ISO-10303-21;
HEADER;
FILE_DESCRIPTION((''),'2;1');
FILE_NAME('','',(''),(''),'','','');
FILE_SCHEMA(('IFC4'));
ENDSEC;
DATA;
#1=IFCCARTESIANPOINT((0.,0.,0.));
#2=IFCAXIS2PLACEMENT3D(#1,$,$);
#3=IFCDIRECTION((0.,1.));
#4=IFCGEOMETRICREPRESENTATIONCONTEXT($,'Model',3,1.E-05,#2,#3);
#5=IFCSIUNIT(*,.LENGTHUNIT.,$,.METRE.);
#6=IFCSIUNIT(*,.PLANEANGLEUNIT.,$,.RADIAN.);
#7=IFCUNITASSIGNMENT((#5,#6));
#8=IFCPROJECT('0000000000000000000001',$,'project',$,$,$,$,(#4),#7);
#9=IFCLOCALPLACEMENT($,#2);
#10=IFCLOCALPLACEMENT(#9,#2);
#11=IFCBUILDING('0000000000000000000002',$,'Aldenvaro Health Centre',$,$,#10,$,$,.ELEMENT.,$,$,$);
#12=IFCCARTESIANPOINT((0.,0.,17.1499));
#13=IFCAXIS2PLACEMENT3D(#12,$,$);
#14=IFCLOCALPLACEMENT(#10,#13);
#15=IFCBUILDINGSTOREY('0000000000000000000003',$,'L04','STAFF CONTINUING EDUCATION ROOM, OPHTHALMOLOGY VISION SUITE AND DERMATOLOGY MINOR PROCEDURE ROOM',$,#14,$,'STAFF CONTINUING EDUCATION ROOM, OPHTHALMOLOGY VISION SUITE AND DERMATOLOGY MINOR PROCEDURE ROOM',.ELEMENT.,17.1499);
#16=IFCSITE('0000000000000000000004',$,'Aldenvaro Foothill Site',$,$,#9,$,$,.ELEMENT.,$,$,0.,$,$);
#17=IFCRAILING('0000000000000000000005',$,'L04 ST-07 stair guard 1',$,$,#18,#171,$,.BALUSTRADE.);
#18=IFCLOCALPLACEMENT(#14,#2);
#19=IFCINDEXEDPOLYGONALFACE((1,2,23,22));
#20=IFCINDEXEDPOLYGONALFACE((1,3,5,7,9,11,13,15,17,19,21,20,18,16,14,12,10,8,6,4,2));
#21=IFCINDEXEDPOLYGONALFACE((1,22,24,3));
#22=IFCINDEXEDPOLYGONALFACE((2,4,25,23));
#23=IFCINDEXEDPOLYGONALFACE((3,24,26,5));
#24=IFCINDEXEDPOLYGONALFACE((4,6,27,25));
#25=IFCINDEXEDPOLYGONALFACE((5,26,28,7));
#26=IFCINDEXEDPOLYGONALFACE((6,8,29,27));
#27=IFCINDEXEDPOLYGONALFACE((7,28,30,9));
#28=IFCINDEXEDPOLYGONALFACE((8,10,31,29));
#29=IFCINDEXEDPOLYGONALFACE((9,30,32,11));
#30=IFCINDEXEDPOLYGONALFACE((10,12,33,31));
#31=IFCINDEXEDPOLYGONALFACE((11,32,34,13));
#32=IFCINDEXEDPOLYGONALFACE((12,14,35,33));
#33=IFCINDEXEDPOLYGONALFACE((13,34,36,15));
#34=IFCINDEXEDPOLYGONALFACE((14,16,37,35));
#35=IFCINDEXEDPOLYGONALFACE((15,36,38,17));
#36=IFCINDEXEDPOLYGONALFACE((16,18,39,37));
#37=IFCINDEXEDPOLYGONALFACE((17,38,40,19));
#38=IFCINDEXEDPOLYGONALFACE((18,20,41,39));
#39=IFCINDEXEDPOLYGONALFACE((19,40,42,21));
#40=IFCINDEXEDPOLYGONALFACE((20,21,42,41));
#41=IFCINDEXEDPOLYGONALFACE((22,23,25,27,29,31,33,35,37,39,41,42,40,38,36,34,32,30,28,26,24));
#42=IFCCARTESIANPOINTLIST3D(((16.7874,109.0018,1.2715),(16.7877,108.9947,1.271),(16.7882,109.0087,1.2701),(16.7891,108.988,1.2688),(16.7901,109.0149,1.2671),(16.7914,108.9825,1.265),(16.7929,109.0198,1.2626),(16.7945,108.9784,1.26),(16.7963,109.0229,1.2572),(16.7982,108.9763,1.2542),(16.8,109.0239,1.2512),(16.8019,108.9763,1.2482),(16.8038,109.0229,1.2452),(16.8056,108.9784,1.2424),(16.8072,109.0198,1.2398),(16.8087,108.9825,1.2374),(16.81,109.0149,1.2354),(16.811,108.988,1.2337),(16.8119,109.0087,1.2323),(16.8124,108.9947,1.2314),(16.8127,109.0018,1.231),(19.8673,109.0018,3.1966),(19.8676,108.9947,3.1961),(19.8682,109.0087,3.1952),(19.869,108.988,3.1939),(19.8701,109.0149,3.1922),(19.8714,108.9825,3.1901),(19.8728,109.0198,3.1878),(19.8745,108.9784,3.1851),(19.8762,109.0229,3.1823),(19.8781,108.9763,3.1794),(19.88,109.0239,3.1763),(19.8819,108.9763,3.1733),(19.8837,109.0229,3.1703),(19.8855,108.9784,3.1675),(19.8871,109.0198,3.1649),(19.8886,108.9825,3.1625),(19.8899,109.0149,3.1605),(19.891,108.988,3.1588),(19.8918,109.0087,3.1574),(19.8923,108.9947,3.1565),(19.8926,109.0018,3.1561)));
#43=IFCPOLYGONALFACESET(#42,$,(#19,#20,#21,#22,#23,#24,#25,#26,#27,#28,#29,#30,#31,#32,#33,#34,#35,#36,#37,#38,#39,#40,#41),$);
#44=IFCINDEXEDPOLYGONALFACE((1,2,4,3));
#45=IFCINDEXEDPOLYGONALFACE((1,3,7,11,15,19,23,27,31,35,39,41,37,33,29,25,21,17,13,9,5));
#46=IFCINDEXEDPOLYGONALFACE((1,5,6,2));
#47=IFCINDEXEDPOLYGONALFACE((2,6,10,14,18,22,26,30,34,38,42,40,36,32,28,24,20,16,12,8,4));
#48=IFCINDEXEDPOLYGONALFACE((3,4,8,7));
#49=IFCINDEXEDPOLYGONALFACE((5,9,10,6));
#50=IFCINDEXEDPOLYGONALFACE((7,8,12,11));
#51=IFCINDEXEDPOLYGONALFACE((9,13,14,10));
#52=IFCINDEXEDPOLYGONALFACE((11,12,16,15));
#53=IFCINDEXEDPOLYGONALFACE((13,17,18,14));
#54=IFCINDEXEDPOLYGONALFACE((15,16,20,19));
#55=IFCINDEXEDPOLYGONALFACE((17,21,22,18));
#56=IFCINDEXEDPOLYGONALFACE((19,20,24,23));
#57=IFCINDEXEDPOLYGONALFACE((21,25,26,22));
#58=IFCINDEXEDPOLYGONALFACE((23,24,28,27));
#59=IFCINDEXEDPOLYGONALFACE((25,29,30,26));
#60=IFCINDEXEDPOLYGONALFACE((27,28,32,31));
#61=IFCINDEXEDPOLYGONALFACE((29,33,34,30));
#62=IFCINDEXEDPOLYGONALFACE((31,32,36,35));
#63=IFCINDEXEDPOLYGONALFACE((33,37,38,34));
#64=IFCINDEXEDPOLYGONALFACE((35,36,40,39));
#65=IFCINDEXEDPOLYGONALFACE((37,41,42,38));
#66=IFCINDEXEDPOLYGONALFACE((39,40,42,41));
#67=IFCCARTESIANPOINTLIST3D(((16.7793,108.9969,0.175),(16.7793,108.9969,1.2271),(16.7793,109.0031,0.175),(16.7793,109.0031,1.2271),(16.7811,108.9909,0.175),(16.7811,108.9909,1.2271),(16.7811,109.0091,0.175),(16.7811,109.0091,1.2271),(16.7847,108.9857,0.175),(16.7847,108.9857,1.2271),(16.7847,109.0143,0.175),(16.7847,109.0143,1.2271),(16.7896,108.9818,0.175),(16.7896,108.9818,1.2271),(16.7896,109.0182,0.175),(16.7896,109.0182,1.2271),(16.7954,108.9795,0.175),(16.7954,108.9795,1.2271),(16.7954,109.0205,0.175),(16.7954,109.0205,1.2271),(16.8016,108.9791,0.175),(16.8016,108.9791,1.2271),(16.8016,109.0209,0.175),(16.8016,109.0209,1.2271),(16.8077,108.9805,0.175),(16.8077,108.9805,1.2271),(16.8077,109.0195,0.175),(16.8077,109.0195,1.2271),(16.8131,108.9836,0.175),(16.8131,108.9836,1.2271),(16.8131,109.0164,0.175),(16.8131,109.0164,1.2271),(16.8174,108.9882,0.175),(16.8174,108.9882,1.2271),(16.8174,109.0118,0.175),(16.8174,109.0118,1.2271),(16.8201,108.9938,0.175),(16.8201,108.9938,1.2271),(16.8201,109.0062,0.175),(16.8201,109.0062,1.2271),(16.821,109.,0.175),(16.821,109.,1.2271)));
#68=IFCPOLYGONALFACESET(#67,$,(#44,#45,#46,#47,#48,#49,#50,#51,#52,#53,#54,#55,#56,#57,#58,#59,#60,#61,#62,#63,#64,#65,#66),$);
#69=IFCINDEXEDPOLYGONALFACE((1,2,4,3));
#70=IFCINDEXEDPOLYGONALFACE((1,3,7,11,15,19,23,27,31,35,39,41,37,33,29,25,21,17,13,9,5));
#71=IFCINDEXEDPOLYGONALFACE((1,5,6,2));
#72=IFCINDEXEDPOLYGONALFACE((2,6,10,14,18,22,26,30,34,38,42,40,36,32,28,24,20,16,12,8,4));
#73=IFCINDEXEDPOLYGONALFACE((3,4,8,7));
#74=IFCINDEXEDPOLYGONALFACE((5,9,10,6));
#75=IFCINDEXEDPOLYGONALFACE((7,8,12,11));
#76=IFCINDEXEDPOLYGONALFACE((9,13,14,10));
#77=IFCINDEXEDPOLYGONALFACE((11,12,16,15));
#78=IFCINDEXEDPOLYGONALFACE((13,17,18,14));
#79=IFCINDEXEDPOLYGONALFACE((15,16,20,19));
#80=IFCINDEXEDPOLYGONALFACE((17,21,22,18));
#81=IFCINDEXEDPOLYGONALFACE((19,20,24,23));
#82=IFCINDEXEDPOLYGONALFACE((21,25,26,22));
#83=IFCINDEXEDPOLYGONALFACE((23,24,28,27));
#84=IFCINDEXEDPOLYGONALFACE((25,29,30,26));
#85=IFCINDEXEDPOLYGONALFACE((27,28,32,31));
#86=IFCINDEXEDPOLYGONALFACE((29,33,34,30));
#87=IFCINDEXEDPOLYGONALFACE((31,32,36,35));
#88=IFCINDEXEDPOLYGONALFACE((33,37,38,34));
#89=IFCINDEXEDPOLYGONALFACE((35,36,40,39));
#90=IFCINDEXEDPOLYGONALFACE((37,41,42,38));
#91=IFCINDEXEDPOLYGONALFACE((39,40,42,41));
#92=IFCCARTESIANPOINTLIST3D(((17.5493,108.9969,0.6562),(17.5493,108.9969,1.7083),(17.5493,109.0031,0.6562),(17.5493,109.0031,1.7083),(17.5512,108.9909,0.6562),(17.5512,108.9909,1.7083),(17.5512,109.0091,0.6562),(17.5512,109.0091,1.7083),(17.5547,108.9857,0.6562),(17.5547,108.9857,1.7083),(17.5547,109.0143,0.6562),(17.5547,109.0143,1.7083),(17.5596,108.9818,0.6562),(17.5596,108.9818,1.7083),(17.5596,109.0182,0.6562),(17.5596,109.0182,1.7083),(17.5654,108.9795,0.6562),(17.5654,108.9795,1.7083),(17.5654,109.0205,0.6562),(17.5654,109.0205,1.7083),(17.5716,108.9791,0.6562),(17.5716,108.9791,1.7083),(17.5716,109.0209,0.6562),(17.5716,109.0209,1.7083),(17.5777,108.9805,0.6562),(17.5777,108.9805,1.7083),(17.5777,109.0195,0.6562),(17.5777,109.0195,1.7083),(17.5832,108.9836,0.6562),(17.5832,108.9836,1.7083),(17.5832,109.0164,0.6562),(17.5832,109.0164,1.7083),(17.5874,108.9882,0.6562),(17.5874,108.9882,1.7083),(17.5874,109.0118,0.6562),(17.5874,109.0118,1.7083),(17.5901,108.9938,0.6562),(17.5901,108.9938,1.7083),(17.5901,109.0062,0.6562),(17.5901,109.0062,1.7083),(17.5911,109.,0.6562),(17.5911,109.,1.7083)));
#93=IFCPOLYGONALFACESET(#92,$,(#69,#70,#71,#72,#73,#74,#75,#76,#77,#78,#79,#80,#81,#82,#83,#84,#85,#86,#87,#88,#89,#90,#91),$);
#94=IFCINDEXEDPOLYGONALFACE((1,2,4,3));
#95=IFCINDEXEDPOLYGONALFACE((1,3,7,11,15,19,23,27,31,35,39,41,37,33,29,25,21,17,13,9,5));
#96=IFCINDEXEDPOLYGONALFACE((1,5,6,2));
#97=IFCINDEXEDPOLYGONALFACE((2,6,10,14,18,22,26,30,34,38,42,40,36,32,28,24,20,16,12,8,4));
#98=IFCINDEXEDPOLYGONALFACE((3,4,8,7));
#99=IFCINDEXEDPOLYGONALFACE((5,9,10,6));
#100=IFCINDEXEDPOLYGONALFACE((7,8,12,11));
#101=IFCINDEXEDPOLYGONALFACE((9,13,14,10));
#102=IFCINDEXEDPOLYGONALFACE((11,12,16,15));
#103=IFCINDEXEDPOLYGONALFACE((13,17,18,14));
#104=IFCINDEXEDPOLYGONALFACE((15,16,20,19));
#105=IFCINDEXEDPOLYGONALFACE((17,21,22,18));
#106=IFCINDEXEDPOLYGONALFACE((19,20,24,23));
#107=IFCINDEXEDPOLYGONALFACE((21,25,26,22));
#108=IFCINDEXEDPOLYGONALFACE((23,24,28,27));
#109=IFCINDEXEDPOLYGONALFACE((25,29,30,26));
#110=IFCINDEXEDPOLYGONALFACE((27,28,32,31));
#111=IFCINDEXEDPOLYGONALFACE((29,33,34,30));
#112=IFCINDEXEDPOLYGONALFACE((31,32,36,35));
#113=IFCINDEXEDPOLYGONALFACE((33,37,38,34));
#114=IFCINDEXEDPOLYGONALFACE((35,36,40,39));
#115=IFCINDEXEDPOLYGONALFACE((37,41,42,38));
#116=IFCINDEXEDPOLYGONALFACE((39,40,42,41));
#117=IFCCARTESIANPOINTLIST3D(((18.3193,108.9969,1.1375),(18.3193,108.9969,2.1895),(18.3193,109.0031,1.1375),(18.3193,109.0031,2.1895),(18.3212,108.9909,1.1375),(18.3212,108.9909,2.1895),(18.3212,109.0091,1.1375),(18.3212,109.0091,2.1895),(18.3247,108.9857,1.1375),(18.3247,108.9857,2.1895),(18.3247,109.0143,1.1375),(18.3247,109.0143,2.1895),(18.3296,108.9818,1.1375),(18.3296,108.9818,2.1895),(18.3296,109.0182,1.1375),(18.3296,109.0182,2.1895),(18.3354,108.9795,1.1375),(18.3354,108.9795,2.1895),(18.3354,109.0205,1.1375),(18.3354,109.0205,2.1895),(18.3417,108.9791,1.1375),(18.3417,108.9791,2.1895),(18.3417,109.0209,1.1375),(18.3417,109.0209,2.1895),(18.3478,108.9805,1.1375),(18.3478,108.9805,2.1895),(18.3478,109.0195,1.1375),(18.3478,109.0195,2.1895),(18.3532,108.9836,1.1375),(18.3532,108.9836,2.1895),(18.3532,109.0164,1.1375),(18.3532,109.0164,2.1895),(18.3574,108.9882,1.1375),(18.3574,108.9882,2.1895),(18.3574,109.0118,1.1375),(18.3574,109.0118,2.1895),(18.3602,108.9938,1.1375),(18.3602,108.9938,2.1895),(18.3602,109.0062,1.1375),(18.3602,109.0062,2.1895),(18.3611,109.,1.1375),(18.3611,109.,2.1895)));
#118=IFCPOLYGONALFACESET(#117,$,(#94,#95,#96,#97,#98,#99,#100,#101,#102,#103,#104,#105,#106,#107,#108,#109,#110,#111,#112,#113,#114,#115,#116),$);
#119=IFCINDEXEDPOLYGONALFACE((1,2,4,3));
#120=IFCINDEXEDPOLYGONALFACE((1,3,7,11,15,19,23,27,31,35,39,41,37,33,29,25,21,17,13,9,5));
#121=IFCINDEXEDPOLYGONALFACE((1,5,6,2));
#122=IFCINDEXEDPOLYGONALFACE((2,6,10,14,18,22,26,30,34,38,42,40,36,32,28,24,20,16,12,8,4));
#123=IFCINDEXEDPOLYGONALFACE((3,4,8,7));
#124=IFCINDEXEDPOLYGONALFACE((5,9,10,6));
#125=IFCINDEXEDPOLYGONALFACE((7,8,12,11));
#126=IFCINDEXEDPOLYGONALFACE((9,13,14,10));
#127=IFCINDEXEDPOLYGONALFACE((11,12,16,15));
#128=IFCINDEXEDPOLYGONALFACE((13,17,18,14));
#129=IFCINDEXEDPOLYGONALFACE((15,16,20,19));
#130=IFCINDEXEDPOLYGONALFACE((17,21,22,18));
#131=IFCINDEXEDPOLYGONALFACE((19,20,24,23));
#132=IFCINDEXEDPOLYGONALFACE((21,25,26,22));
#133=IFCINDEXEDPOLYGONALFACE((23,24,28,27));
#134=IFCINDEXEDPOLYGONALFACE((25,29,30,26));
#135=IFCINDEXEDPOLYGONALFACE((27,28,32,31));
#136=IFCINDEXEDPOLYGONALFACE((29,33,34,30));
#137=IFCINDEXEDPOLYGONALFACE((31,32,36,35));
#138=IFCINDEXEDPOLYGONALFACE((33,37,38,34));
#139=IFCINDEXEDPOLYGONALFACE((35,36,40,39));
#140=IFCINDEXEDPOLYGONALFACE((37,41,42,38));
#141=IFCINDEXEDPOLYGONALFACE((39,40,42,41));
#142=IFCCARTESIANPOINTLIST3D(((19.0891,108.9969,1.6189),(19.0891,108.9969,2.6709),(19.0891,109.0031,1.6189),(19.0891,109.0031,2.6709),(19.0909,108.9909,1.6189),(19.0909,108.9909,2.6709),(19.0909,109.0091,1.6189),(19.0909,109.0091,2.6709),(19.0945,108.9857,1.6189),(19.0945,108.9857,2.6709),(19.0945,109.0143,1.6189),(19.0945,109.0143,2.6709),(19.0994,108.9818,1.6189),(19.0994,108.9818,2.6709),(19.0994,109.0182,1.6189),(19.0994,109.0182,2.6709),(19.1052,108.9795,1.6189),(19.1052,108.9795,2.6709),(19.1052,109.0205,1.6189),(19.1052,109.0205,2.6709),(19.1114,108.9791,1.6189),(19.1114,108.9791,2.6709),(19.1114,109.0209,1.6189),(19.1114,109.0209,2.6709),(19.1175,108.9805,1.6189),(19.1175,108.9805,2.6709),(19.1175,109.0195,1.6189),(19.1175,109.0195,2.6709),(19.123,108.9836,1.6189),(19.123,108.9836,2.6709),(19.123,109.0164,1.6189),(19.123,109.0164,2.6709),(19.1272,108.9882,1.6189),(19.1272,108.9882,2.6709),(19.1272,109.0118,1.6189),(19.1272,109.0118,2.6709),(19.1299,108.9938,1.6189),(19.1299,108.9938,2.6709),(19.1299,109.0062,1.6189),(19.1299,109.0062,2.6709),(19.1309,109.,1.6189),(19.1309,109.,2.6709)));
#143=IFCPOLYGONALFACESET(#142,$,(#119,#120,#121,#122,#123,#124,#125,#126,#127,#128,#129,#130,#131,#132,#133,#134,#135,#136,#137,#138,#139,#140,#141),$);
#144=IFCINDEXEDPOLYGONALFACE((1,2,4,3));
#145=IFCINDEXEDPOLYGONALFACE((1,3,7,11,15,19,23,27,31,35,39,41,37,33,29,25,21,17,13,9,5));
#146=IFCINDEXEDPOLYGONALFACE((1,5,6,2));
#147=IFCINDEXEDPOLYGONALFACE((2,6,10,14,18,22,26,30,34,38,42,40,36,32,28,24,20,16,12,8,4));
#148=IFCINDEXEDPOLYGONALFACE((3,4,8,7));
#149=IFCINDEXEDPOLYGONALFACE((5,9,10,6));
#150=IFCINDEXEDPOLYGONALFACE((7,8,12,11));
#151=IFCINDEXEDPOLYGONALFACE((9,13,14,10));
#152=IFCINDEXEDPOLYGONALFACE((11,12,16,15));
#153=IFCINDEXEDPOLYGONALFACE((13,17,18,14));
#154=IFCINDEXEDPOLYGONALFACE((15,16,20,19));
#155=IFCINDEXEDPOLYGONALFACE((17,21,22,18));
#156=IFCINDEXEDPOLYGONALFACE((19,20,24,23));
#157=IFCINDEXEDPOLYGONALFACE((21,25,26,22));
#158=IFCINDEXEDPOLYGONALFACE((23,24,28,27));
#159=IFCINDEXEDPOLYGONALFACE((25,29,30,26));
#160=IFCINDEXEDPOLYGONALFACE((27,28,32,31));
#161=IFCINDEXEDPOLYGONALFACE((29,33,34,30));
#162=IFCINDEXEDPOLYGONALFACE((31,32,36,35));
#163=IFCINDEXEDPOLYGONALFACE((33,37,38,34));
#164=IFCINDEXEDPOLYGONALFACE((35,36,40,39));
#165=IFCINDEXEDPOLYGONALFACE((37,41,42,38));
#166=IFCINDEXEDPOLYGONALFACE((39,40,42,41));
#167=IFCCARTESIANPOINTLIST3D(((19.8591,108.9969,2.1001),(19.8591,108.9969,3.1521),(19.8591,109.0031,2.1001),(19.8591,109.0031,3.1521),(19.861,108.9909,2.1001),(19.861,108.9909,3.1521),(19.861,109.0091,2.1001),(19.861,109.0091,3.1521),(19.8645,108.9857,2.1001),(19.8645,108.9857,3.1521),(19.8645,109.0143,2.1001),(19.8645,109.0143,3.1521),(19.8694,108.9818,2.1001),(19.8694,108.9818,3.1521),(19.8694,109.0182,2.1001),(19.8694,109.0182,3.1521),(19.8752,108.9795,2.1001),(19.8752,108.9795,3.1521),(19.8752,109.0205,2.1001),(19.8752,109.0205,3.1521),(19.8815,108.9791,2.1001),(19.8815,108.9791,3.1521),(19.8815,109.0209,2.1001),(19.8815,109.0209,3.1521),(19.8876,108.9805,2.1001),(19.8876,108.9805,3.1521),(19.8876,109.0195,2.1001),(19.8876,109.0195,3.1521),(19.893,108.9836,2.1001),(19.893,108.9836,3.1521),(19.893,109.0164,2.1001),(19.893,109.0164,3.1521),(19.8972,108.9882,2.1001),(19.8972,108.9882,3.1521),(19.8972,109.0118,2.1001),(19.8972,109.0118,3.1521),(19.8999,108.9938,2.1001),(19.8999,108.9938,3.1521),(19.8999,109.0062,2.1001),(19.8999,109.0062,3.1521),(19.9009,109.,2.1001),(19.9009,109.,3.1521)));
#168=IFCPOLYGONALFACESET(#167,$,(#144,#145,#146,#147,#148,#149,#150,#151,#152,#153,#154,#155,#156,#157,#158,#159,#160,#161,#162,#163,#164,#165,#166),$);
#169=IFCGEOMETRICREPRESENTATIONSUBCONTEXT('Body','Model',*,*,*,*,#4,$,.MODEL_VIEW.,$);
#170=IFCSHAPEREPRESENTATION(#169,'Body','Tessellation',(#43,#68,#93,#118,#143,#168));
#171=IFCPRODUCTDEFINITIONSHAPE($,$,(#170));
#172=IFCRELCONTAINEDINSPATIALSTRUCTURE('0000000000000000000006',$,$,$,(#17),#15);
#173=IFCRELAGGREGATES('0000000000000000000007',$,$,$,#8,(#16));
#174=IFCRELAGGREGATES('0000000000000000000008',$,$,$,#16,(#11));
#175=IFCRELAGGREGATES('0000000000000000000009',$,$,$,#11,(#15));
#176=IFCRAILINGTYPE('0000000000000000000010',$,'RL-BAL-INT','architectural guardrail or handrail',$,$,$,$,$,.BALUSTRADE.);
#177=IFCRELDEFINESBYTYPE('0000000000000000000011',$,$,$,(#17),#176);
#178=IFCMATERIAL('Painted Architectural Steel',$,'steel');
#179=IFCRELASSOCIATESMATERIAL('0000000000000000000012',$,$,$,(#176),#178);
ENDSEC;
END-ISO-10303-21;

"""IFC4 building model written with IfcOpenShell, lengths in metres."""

from ifc_helpers import new_model, si_unit, direction, frame, origin, origin_2d, place, context, subcontext, project, spatial, circle, extrude, material, type_object, element, save


model = new_model("IFC4")

# Units and contexts
model_context = context("Model", 3, precision=1e-05, world=origin(), true_north=direction((0.0, 1.0)))
body_context = subcontext(model_context, "Body", "Model", "MODEL_VIEW")
ifc_project = project(units=[si_unit("LENGTHUNIT", "METRE"), si_unit("PLANEANGLEUNIT", "RADIAN")], contexts=[model_context])

# Site, building, storey
site_placement = place(None, origin())
site = spatial("IfcSite", under=ifc_project, at=site_placement, Name="Aldenvaro Foothill Site", CompositionType="ELEMENT", RefElevation=0.0)
building_placement = place(site_placement, origin())
building = spatial("IfcBuilding", under=site, at=building_placement, Name="Aldenvaro Health Centre", CompositionType="ELEMENT")
storey_placement = place(building_placement, frame((0.0, 0.0, 17.1499)))
storey = spatial("IfcBuildingStorey", under=building, at=storey_placement, Name="L04", Description="STAFF CONTINUING EDUCATION ROOM, OPHTHALMOLOGY VISION SUITE AND DERMATOLOGY MINOR PROCEDURE ROOM", LongName="STAFF CONTINUING EDUCATION ROOM, OPHTHALMOLOGY VISION SUITE AND DERMATOLOGY MINOR PROCEDURE ROOM", CompositionType="ELEMENT", Elevation=17.1499)

# Railing
ifc_material_1 = material(Name="Painted Architectural Steel", Category="steel")
railing_type_1 = type_object("IfcRailingType", Name="RL-BAL-INT", Description="architectural guardrail or handrail", PredefinedType="BALUSTRADE", material=ifc_material_1)
railing_1_placement = place(storey_placement, frame((16.8, 109.0, 0.175)))
element("IfcRailing", 1, at=railing_1_placement, inside=storey, type_object=railing_type_1, Name="L04 ST-07 stair guard 1", PredefinedType="BALUSTRADE", context=body_context, shape_type="SweptSolid", body=[
    extrude(circle(Radius=0.0239, at=origin_2d()), frame((0.0, 0.0, 1.0762), z_axis=(0.847979, 0.0, 0.530029), x_axis=(0.0, 1.0, 0.0)), (0.0, 0.0, 1.0), 3.6321),
    extrude(circle(Radius=0.021, at=origin_2d()), origin(), (0.0, 0.0, 1.0), 1.052),
    extrude(circle(Radius=0.021, at=origin_2d()), frame((0.77, 0.0, 0.4812)), (0.0, 0.0, 1.0), 1.052),
    extrude(circle(Radius=0.021, at=origin_2d()), frame((1.54, 0.0, 0.9624)), (0.0, 0.0, 1.0), 1.052),
    extrude(circle(Radius=0.021, at=origin_2d()), frame((2.3098, 0.0, 1.4438)), (0.0, 0.0, 1.0), 1.052),
    extrude(circle(Radius=0.021, at=origin_2d()), frame((3.0798, 0.0, 1.925)), (0.0, 0.0, 1.0), 1.052),
])

save(model, "model.ifc")
